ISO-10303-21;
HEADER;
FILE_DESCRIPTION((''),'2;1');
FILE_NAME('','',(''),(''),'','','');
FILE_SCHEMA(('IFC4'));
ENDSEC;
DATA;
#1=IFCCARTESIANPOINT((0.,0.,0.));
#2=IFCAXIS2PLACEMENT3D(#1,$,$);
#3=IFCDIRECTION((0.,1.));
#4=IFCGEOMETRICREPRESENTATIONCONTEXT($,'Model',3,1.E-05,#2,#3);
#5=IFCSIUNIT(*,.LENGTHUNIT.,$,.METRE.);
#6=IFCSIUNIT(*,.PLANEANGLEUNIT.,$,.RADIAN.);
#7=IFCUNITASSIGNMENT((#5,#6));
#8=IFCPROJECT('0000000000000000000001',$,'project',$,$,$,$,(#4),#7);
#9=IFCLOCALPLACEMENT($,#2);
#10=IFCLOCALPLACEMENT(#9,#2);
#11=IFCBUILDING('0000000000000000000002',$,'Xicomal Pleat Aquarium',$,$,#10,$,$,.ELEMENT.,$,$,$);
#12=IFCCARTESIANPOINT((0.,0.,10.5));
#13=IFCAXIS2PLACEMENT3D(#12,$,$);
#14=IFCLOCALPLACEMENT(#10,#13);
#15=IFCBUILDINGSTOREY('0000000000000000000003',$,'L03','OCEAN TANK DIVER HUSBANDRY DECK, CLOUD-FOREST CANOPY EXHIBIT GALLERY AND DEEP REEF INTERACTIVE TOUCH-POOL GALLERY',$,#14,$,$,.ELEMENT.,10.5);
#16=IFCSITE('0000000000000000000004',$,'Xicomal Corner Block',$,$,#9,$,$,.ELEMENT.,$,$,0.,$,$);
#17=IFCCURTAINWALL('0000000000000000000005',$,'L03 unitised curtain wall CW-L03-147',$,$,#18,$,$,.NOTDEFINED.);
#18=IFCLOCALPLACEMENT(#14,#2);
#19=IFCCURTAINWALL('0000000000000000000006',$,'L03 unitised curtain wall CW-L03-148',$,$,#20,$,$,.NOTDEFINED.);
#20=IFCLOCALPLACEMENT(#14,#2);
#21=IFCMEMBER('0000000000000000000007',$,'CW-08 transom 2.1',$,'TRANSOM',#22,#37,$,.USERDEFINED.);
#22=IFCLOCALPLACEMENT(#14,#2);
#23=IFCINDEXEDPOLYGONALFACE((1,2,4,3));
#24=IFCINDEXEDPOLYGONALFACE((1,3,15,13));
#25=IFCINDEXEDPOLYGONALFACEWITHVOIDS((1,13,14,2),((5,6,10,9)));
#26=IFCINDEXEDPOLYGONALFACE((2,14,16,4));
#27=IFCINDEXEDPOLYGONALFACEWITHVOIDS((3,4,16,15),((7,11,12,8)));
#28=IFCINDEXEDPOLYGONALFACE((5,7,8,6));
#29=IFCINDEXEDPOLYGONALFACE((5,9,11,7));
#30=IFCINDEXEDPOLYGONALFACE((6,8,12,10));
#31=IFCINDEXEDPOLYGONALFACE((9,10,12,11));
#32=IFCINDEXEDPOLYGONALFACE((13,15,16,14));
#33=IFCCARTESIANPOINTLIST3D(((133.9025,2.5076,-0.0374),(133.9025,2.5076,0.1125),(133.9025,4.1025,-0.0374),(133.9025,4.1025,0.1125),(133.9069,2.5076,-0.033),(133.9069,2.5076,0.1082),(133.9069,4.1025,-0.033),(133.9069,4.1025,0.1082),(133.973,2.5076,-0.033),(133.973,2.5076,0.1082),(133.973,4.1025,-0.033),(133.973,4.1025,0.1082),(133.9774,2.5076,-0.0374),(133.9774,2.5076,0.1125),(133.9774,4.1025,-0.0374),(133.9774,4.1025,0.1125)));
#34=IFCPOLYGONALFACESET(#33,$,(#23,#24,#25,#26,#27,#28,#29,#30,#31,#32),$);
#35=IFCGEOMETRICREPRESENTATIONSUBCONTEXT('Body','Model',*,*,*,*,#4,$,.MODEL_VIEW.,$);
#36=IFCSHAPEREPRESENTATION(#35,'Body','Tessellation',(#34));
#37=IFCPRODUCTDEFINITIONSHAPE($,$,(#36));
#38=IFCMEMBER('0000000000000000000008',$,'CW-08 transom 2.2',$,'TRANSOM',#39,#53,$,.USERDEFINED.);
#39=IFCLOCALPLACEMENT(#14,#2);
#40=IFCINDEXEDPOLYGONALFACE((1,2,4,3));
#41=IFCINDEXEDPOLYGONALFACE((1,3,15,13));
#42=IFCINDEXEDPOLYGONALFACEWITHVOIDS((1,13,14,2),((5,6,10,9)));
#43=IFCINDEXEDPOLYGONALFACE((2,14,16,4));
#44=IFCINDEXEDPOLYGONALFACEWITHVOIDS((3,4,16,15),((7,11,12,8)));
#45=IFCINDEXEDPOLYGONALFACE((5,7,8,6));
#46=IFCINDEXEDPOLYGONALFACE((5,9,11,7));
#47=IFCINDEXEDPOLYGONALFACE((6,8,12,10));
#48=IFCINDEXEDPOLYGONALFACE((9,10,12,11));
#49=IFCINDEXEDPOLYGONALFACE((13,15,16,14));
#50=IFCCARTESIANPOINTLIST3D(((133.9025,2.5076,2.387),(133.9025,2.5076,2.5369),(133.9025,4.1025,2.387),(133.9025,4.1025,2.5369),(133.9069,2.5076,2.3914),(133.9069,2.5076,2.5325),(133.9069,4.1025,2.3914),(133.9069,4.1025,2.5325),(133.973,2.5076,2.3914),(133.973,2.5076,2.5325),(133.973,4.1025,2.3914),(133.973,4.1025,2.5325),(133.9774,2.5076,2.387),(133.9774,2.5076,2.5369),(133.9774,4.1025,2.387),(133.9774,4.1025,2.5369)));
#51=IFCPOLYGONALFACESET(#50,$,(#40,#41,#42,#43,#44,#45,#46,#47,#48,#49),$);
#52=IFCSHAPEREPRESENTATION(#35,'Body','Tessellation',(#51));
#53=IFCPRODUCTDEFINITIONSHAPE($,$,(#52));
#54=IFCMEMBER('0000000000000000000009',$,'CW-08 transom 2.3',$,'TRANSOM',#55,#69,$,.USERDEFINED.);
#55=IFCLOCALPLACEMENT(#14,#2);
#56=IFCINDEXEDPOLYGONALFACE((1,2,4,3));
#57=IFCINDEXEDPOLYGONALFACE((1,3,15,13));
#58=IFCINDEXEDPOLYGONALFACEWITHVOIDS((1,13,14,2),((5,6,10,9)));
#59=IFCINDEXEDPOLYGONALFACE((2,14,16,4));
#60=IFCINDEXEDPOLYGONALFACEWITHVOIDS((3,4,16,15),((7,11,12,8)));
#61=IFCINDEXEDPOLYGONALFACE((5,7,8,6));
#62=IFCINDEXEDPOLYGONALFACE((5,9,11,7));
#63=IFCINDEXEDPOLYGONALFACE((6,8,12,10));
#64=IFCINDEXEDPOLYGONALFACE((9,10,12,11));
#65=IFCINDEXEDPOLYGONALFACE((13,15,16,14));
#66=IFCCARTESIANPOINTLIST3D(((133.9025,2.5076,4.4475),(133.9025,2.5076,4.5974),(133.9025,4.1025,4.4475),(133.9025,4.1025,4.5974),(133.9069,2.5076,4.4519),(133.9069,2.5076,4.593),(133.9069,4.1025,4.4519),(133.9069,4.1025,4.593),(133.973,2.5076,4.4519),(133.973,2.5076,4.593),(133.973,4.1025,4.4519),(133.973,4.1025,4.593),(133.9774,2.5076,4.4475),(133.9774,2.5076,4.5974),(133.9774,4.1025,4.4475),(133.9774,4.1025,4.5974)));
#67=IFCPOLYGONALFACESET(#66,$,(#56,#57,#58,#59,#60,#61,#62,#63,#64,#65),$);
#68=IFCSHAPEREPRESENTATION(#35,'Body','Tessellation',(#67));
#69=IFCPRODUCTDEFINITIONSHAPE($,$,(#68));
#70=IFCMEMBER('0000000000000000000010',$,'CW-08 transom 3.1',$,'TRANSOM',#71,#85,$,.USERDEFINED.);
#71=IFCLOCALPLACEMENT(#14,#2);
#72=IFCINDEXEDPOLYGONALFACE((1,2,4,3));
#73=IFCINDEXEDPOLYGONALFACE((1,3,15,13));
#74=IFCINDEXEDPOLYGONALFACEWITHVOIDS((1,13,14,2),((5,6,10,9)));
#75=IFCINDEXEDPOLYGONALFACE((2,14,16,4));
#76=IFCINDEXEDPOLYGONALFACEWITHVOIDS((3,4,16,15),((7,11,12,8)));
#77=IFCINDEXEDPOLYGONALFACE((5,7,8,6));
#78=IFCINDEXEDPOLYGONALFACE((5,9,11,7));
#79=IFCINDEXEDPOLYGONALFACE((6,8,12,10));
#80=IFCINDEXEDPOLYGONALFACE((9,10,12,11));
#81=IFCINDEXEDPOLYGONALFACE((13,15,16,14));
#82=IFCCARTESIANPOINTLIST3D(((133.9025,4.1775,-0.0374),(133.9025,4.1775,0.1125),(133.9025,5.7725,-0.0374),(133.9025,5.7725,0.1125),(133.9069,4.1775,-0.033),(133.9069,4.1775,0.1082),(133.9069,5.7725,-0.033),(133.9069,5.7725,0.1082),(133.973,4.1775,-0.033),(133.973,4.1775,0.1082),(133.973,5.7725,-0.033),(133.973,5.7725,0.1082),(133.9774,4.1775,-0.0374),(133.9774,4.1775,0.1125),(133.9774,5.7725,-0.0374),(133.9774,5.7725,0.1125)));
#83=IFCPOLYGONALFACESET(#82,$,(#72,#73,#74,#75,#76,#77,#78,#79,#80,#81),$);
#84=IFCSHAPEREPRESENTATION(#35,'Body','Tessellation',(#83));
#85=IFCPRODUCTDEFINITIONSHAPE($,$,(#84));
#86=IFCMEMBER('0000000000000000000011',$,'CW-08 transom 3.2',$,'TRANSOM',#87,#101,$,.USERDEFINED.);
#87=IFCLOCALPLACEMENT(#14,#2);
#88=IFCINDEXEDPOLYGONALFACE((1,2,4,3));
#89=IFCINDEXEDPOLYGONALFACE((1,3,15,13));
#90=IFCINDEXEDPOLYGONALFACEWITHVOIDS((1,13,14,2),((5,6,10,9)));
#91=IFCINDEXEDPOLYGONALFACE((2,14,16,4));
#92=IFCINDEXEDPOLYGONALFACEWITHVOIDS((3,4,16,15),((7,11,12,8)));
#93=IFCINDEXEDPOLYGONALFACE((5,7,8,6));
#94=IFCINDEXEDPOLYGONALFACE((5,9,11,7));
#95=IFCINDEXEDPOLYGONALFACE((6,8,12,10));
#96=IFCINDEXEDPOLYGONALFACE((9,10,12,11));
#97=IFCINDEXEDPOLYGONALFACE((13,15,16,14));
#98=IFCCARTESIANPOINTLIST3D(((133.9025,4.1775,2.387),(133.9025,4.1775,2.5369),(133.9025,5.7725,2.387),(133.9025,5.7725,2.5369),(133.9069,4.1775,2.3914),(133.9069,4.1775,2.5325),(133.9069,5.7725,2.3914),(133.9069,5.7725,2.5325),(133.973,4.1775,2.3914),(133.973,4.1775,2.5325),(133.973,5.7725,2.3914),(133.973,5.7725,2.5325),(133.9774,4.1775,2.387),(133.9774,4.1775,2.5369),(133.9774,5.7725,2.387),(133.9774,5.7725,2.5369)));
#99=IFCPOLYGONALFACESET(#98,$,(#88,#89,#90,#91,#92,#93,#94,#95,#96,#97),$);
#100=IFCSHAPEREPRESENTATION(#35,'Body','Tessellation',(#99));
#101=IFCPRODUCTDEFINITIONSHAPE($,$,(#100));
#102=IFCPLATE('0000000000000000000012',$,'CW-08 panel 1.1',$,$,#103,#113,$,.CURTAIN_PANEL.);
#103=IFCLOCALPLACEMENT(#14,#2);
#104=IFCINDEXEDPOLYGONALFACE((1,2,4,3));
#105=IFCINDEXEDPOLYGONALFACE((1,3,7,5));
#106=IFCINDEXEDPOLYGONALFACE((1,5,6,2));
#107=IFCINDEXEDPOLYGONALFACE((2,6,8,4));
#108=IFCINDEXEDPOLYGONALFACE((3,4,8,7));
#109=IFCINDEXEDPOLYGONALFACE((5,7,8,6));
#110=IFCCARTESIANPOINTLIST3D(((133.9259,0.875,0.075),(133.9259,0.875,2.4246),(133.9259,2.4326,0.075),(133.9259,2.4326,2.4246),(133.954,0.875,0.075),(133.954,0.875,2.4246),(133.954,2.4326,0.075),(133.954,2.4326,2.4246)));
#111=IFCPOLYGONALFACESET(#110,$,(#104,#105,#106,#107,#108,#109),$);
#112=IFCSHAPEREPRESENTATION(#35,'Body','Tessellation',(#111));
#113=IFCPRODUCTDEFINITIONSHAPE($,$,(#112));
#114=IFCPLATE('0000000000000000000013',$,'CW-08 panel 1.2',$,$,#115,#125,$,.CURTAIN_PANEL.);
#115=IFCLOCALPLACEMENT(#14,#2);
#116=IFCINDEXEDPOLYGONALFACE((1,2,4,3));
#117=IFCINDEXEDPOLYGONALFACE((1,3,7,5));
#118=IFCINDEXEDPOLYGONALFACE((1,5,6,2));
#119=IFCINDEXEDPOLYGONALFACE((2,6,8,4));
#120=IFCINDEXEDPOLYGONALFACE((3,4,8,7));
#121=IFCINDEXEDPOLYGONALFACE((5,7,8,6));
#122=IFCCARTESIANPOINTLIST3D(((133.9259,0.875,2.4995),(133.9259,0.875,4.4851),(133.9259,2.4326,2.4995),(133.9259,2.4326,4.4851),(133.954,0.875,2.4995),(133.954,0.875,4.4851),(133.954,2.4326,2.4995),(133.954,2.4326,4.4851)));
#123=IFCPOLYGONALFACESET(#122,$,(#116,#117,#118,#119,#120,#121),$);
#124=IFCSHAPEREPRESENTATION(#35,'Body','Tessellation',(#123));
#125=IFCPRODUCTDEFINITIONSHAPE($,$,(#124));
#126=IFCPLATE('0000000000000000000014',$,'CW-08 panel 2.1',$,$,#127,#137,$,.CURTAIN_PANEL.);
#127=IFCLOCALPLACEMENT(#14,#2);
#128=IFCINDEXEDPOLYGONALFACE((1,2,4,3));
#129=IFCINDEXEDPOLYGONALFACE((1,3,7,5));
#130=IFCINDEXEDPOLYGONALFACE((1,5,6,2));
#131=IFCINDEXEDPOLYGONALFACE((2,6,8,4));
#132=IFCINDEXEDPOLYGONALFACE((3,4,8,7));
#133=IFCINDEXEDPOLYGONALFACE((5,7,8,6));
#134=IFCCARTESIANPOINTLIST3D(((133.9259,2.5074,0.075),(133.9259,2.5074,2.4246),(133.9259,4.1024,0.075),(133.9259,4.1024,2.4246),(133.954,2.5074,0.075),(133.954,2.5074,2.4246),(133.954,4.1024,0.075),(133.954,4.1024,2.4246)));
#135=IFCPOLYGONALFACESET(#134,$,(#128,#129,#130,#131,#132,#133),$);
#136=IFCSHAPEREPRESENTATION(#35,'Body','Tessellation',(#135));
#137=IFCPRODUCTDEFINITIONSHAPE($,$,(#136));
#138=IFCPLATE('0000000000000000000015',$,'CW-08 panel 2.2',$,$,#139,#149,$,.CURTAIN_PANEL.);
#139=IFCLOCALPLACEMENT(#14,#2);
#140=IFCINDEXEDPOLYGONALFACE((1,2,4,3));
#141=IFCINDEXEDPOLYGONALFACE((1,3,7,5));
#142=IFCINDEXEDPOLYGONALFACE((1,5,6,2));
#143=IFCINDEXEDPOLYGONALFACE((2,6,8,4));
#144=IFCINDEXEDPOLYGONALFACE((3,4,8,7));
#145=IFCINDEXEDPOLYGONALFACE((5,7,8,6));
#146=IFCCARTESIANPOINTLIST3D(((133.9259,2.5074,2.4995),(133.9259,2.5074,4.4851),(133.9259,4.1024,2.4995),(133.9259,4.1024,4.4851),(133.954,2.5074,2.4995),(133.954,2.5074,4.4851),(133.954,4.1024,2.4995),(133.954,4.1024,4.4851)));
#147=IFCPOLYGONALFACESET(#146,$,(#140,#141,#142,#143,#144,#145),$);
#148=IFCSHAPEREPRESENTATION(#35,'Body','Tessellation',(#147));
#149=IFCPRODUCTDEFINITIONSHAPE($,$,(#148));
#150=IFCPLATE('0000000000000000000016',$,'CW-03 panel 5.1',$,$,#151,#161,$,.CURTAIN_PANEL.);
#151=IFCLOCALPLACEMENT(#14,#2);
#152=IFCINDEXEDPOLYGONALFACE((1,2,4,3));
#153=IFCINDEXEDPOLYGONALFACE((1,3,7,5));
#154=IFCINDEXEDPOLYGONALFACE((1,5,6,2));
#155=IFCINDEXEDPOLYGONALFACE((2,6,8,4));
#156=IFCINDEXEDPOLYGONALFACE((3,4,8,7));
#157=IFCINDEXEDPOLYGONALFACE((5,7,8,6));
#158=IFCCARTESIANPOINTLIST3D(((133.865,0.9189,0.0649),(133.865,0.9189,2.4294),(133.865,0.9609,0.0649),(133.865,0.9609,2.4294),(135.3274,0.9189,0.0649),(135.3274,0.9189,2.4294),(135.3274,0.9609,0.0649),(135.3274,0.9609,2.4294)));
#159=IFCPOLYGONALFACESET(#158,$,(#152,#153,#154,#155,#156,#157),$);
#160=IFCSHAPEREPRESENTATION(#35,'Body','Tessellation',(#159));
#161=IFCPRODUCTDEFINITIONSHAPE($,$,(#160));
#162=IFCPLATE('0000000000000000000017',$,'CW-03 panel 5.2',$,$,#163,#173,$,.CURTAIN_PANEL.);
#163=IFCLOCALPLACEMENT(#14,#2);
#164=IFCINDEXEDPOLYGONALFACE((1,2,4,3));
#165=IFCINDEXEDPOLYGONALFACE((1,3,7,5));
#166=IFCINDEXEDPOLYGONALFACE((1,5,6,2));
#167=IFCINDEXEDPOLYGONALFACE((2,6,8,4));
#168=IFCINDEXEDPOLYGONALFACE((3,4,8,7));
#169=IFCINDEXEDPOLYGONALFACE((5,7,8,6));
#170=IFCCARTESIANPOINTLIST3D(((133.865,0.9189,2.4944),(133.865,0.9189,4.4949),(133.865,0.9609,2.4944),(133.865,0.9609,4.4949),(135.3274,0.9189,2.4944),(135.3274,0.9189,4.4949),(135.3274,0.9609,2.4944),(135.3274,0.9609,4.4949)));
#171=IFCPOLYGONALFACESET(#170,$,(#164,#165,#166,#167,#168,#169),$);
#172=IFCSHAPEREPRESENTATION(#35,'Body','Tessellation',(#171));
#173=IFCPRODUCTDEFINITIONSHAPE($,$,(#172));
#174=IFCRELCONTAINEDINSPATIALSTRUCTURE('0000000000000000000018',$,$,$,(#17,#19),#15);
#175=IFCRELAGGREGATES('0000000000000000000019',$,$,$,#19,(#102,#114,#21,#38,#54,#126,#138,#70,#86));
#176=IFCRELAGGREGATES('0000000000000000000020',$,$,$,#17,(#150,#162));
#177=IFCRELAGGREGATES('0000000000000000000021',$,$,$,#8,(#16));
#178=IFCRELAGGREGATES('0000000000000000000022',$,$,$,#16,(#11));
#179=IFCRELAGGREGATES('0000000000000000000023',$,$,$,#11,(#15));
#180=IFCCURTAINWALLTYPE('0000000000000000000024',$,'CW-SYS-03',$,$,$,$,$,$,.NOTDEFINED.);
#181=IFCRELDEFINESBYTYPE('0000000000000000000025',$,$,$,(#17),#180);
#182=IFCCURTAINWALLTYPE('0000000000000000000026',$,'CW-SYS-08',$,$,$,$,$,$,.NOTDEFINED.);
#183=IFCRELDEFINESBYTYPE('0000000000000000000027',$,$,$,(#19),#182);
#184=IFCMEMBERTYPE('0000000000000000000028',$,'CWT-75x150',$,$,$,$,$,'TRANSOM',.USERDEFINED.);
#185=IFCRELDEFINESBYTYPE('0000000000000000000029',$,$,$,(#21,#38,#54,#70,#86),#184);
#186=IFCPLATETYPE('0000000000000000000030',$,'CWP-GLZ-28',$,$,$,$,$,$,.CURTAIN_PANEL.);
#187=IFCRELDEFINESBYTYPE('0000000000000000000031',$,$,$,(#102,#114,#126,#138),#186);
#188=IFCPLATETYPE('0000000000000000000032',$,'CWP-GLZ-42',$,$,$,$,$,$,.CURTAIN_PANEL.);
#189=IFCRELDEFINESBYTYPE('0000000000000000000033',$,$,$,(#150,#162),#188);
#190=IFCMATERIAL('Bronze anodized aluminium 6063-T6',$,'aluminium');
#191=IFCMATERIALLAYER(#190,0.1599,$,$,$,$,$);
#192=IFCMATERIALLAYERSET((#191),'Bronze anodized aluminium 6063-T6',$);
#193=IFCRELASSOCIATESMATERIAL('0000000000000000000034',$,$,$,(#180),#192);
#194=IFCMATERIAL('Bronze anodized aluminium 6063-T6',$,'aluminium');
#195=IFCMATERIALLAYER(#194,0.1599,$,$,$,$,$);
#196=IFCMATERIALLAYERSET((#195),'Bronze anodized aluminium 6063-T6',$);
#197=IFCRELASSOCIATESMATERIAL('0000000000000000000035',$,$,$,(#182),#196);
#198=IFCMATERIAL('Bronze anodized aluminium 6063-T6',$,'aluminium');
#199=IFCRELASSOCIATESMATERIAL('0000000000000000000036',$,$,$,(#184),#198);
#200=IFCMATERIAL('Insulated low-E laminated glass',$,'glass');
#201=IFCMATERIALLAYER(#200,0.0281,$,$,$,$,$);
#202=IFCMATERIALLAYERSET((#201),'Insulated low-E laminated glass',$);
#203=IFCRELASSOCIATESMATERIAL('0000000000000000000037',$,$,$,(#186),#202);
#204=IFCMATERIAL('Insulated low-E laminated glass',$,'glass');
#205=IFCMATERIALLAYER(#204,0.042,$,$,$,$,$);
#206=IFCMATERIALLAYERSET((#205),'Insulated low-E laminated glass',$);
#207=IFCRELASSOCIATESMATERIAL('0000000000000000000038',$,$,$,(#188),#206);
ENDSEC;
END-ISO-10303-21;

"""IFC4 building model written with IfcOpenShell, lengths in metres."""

from ifc_helpers import new_model, si_unit, direction, frame, origin, origin_2d, place, context, subcontext, project, spatial, rectangle, hollow_rectangle, extrude, material, layer, layer_set, material_profile, profile_set, type_object, element, aggregate, save


model = new_model("IFC4")

# Units and contexts
model_context = context("Model", 3, precision=1e-05, world=origin(), true_north=direction((0.0, 1.0)))
body_context = subcontext(model_context, "Body", "Model", "MODEL_VIEW")
ifc_project = project(units=[si_unit("LENGTHUNIT", "METRE"), si_unit("PLANEANGLEUNIT", "RADIAN")], contexts=[model_context])

# Site, building, storey
site_placement = place(None, origin())
site = spatial("IfcSite", under=ifc_project, at=site_placement, Name="Xicomal Corner Block", CompositionType="ELEMENT", RefElevation=0.0)
building_placement = place(site_placement, origin())
building = spatial("IfcBuilding", under=site, at=building_placement, Name="Xicomal Pleat Aquarium", CompositionType="ELEMENT")
storey_placement = place(building_placement, frame((0.0, 0.0, 10.5)))
storey = spatial("IfcBuildingStorey", under=building, at=storey_placement, Name="L03", Description="OCEAN TANK DIVER HUSBANDRY DECK, CLOUD-FOREST CANOPY EXHIBIT GALLERY AND DEEP REEF INTERACTIVE TOUCH-POOL GALLERY", CompositionType="ELEMENT", Elevation=10.5)

# Curtain walls
ifc_material_1 = material(Name="Bronze anodized aluminium 6063-T6", Category="aluminium")
ifc_layer_1 = layer(ifc_material_1, 0.1599)
ifc_layer_set_1 = layer_set([ifc_layer_1], Name="Bronze anodized aluminium 6063-T6")
curtain_wall_type_1 = type_object("IfcCurtainWallType", Name="CW-SYS-03", PredefinedType="NOTDEFINED", material=ifc_layer_set_1)
curtain_wall_1_placement = place(storey_placement, origin())
curtain_wall_1 = element("IfcCurtainWall", 1, at=curtain_wall_1_placement, inside=storey, type_object=curtain_wall_type_1, Name="L03 unitised curtain wall CW-L03-147", PredefinedType="NOTDEFINED")
ifc_material_2 = material(Name="Bronze anodized aluminium 6063-T6", Category="aluminium")
ifc_layer_2 = layer(ifc_material_2, 0.1599)
ifc_layer_set_2 = layer_set([ifc_layer_2], Name="Bronze anodized aluminium 6063-T6")
curtain_wall_type_2 = type_object("IfcCurtainWallType", Name="CW-SYS-08", PredefinedType="NOTDEFINED", material=ifc_layer_set_2)
curtain_wall_2_placement = place(storey_placement, origin())
curtain_wall_2 = element("IfcCurtainWall", 2, at=curtain_wall_2_placement, inside=storey, type_object=curtain_wall_type_2, Name="L03 unitised curtain wall CW-L03-148", PredefinedType="NOTDEFINED")

# Members
ifc_material_3 = material(Name="Bronze anodized aluminium 6063-T6", Category="aluminium")
ifc_material_profile_1 = material_profile(ifc_material_3, hollow_rectangle(XDim=0.075, YDim=0.1499, WallThickness=0.0044, at=origin_2d()), Name="ALU TRAN 75x150")
ifc_profile_set_1 = profile_set([ifc_material_profile_1], Name="Bronze anodized aluminium 6063-T6")
member_type_1 = type_object("IfcMemberType", Name="CWT-75x150", ElementType="TRANSOM", PredefinedType="USERDEFINED", material=ifc_profile_set_1)
member_1_placement = place(storey_placement, frame((133.9399, 2.5076, 0.0376), z_axis=(0.0, 1.0, 0.0), x_axis=(-1.0, 0.0, 0.0)))
member_1 = element("IfcMember", 3, at=member_1_placement, type_object=member_type_1, Name="CW-08 transom 2.1", ObjectType="TRANSOM", PredefinedType="USERDEFINED", context=body_context, shape_type="SweptSolid", body=[
    extrude(hollow_rectangle(XDim=0.075, YDim=0.1499, WallThickness=0.0044, at=origin_2d()), origin(), (0.0, 0.0, 1.0), 1.595),
])
member_2_placement = place(storey_placement, frame((133.9399, 2.5076, 2.4619), z_axis=(0.0, 1.0, 0.0), x_axis=(-1.0, 0.0, 0.0)))
member_2 = element("IfcMember", 4, at=member_2_placement, type_object=member_type_1, Name="CW-08 transom 2.2", ObjectType="TRANSOM", PredefinedType="USERDEFINED", context=body_context, shape_type="SweptSolid", body=[
    extrude(hollow_rectangle(XDim=0.075, YDim=0.1499, WallThickness=0.0044, at=origin_2d()), origin(), (0.0, 0.0, 1.0), 1.595),
])
member_3_placement = place(storey_placement, frame((133.9399, 2.5076, 4.5225), z_axis=(0.0, 1.0, 0.0), x_axis=(-1.0, 0.0, 0.0)))
member_3 = element("IfcMember", 5, at=member_3_placement, type_object=member_type_1, Name="CW-08 transom 2.3", ObjectType="TRANSOM", PredefinedType="USERDEFINED", context=body_context, shape_type="SweptSolid", body=[
    extrude(hollow_rectangle(XDim=0.075, YDim=0.1499, WallThickness=0.0044, at=origin_2d()), origin(), (0.0, 0.0, 1.0), 1.595),
])
member_4_placement = place(storey_placement, frame((133.9399, 4.1775, 0.0376), z_axis=(0.0, 1.0, 0.0), x_axis=(-1.0, 0.0, 0.0)))
member_4 = element("IfcMember", 6, at=member_4_placement, type_object=member_type_1, Name="CW-08 transom 3.1", ObjectType="TRANSOM", PredefinedType="USERDEFINED", context=body_context, shape_type="SweptSolid", body=[
    extrude(hollow_rectangle(XDim=0.075, YDim=0.1499, WallThickness=0.0044, at=origin_2d()), origin(), (0.0, 0.0, 1.0), 1.595),
])
member_5_placement = place(storey_placement, frame((133.9399, 4.1775, 2.4619), z_axis=(0.0, 1.0, 0.0), x_axis=(-1.0, 0.0, 0.0)))
member_5 = element("IfcMember", 7, at=member_5_placement, type_object=member_type_1, Name="CW-08 transom 3.2", ObjectType="TRANSOM", PredefinedType="USERDEFINED", context=body_context, shape_type="SweptSolid", body=[
    extrude(hollow_rectangle(XDim=0.075, YDim=0.1499, WallThickness=0.0044, at=origin_2d()), origin(), (0.0, 0.0, 1.0), 1.595),
])

# Plates
ifc_material_4 = material(Name="Insulated low-E laminated glass", Category="glass")
ifc_layer_3 = layer(ifc_material_4, 0.0281)
ifc_layer_set_3 = layer_set([ifc_layer_3], Name="Insulated low-E laminated glass")
plate_type_1 = type_object("IfcPlateType", Name="CWP-GLZ-28", PredefinedType="CURTAIN_PANEL", material=ifc_layer_set_3)
plate_1_placement = place(storey_placement, frame((133.9399, 1.6538, 0.075), z_axis=(0.0, 0.0, 1.0), x_axis=(0.0, 1.0, 0.0)))
plate_1 = element("IfcPlate", 8, at=plate_1_placement, type_object=plate_type_1, Name="CW-08 panel 1.1", PredefinedType="CURTAIN_PANEL", context=body_context, shape_type="SweptSolid", body=[
    extrude(rectangle(XDim=1.5576, YDim=0.0281, at=origin_2d()), origin(), (0.0, 0.0, 1.0), 2.3496),
])
plate_2_placement = place(storey_placement, frame((133.9399, 1.6538, 2.4995), z_axis=(0.0, 0.0, 1.0), x_axis=(0.0, 1.0, 0.0)))
plate_2 = element("IfcPlate", 9, at=plate_2_placement, type_object=plate_type_1, Name="CW-08 panel 1.2", PredefinedType="CURTAIN_PANEL", context=body_context, shape_type="SweptSolid", body=[
    extrude(rectangle(XDim=1.5576, YDim=0.0281, at=origin_2d()), origin(), (0.0, 0.0, 1.0), 1.9856),
])
plate_3_placement = place(storey_placement, frame((133.9399, 3.3049, 0.075), z_axis=(0.0, 0.0, 1.0), x_axis=(0.0, 1.0, 0.0)))
plate_3 = element("IfcPlate", 10, at=plate_3_placement, type_object=plate_type_1, Name="CW-08 panel 2.1", PredefinedType="CURTAIN_PANEL", context=body_context, shape_type="SweptSolid", body=[
    extrude(rectangle(XDim=1.595, YDim=0.0281, at=origin_2d()), origin(), (0.0, 0.0, 1.0), 2.3496),
])
plate_4_placement = place(storey_placement, frame((133.9399, 3.3049, 2.4995), z_axis=(0.0, 0.0, 1.0), x_axis=(0.0, 1.0, 0.0)))
plate_4 = element("IfcPlate", 11, at=plate_4_placement, type_object=plate_type_1, Name="CW-08 panel 2.2", PredefinedType="CURTAIN_PANEL", context=body_context, shape_type="SweptSolid", body=[
    extrude(rectangle(XDim=1.595, YDim=0.0281, at=origin_2d()), origin(), (0.0, 0.0, 1.0), 1.9856),
])
aggregate(curtain_wall_2, [plate_1, plate_2, member_1, member_2, member_3, plate_3, plate_4, member_4, member_5])
ifc_material_5 = material(Name="Insulated low-E laminated glass", Category="glass")
ifc_layer_4 = layer(ifc_material_5, 0.042)
ifc_layer_set_4 = layer_set([ifc_layer_4], Name="Insulated low-E laminated glass")
plate_type_2 = type_object("IfcPlateType", Name="CWP-GLZ-42", PredefinedType="CURTAIN_PANEL", material=ifc_layer_set_4)
plate_5_placement = place(storey_placement, frame((134.5962, 0.9399, 0.0649), z_axis=(0.0, 0.0, 1.0), x_axis=(-1.0, 0.0, 0.0)))
plate_5 = element("IfcPlate", 12, at=plate_5_placement, type_object=plate_type_2, Name="CW-03 panel 5.1", PredefinedType="CURTAIN_PANEL", context=body_context, shape_type="SweptSolid", body=[
    extrude(rectangle(XDim=1.4624, YDim=0.042, at=origin_2d()), origin(), (0.0, 0.0, 1.0), 2.3645),
])
plate_6_placement = place(storey_placement, frame((134.5962, 0.9399, 2.4944), z_axis=(0.0, 0.0, 1.0), x_axis=(-1.0, 0.0, 0.0)))
plate_6 = element("IfcPlate", 13, at=plate_6_placement, type_object=plate_type_2, Name="CW-03 panel 5.2", PredefinedType="CURTAIN_PANEL", context=body_context, shape_type="SweptSolid", body=[
    extrude(rectangle(XDim=1.4624, YDim=0.042, at=origin_2d()), origin(), (0.0, 0.0, 1.0), 2.0005),
])
aggregate(curtain_wall_1, [plate_5, plate_6])

save(model, "model.ifc")
